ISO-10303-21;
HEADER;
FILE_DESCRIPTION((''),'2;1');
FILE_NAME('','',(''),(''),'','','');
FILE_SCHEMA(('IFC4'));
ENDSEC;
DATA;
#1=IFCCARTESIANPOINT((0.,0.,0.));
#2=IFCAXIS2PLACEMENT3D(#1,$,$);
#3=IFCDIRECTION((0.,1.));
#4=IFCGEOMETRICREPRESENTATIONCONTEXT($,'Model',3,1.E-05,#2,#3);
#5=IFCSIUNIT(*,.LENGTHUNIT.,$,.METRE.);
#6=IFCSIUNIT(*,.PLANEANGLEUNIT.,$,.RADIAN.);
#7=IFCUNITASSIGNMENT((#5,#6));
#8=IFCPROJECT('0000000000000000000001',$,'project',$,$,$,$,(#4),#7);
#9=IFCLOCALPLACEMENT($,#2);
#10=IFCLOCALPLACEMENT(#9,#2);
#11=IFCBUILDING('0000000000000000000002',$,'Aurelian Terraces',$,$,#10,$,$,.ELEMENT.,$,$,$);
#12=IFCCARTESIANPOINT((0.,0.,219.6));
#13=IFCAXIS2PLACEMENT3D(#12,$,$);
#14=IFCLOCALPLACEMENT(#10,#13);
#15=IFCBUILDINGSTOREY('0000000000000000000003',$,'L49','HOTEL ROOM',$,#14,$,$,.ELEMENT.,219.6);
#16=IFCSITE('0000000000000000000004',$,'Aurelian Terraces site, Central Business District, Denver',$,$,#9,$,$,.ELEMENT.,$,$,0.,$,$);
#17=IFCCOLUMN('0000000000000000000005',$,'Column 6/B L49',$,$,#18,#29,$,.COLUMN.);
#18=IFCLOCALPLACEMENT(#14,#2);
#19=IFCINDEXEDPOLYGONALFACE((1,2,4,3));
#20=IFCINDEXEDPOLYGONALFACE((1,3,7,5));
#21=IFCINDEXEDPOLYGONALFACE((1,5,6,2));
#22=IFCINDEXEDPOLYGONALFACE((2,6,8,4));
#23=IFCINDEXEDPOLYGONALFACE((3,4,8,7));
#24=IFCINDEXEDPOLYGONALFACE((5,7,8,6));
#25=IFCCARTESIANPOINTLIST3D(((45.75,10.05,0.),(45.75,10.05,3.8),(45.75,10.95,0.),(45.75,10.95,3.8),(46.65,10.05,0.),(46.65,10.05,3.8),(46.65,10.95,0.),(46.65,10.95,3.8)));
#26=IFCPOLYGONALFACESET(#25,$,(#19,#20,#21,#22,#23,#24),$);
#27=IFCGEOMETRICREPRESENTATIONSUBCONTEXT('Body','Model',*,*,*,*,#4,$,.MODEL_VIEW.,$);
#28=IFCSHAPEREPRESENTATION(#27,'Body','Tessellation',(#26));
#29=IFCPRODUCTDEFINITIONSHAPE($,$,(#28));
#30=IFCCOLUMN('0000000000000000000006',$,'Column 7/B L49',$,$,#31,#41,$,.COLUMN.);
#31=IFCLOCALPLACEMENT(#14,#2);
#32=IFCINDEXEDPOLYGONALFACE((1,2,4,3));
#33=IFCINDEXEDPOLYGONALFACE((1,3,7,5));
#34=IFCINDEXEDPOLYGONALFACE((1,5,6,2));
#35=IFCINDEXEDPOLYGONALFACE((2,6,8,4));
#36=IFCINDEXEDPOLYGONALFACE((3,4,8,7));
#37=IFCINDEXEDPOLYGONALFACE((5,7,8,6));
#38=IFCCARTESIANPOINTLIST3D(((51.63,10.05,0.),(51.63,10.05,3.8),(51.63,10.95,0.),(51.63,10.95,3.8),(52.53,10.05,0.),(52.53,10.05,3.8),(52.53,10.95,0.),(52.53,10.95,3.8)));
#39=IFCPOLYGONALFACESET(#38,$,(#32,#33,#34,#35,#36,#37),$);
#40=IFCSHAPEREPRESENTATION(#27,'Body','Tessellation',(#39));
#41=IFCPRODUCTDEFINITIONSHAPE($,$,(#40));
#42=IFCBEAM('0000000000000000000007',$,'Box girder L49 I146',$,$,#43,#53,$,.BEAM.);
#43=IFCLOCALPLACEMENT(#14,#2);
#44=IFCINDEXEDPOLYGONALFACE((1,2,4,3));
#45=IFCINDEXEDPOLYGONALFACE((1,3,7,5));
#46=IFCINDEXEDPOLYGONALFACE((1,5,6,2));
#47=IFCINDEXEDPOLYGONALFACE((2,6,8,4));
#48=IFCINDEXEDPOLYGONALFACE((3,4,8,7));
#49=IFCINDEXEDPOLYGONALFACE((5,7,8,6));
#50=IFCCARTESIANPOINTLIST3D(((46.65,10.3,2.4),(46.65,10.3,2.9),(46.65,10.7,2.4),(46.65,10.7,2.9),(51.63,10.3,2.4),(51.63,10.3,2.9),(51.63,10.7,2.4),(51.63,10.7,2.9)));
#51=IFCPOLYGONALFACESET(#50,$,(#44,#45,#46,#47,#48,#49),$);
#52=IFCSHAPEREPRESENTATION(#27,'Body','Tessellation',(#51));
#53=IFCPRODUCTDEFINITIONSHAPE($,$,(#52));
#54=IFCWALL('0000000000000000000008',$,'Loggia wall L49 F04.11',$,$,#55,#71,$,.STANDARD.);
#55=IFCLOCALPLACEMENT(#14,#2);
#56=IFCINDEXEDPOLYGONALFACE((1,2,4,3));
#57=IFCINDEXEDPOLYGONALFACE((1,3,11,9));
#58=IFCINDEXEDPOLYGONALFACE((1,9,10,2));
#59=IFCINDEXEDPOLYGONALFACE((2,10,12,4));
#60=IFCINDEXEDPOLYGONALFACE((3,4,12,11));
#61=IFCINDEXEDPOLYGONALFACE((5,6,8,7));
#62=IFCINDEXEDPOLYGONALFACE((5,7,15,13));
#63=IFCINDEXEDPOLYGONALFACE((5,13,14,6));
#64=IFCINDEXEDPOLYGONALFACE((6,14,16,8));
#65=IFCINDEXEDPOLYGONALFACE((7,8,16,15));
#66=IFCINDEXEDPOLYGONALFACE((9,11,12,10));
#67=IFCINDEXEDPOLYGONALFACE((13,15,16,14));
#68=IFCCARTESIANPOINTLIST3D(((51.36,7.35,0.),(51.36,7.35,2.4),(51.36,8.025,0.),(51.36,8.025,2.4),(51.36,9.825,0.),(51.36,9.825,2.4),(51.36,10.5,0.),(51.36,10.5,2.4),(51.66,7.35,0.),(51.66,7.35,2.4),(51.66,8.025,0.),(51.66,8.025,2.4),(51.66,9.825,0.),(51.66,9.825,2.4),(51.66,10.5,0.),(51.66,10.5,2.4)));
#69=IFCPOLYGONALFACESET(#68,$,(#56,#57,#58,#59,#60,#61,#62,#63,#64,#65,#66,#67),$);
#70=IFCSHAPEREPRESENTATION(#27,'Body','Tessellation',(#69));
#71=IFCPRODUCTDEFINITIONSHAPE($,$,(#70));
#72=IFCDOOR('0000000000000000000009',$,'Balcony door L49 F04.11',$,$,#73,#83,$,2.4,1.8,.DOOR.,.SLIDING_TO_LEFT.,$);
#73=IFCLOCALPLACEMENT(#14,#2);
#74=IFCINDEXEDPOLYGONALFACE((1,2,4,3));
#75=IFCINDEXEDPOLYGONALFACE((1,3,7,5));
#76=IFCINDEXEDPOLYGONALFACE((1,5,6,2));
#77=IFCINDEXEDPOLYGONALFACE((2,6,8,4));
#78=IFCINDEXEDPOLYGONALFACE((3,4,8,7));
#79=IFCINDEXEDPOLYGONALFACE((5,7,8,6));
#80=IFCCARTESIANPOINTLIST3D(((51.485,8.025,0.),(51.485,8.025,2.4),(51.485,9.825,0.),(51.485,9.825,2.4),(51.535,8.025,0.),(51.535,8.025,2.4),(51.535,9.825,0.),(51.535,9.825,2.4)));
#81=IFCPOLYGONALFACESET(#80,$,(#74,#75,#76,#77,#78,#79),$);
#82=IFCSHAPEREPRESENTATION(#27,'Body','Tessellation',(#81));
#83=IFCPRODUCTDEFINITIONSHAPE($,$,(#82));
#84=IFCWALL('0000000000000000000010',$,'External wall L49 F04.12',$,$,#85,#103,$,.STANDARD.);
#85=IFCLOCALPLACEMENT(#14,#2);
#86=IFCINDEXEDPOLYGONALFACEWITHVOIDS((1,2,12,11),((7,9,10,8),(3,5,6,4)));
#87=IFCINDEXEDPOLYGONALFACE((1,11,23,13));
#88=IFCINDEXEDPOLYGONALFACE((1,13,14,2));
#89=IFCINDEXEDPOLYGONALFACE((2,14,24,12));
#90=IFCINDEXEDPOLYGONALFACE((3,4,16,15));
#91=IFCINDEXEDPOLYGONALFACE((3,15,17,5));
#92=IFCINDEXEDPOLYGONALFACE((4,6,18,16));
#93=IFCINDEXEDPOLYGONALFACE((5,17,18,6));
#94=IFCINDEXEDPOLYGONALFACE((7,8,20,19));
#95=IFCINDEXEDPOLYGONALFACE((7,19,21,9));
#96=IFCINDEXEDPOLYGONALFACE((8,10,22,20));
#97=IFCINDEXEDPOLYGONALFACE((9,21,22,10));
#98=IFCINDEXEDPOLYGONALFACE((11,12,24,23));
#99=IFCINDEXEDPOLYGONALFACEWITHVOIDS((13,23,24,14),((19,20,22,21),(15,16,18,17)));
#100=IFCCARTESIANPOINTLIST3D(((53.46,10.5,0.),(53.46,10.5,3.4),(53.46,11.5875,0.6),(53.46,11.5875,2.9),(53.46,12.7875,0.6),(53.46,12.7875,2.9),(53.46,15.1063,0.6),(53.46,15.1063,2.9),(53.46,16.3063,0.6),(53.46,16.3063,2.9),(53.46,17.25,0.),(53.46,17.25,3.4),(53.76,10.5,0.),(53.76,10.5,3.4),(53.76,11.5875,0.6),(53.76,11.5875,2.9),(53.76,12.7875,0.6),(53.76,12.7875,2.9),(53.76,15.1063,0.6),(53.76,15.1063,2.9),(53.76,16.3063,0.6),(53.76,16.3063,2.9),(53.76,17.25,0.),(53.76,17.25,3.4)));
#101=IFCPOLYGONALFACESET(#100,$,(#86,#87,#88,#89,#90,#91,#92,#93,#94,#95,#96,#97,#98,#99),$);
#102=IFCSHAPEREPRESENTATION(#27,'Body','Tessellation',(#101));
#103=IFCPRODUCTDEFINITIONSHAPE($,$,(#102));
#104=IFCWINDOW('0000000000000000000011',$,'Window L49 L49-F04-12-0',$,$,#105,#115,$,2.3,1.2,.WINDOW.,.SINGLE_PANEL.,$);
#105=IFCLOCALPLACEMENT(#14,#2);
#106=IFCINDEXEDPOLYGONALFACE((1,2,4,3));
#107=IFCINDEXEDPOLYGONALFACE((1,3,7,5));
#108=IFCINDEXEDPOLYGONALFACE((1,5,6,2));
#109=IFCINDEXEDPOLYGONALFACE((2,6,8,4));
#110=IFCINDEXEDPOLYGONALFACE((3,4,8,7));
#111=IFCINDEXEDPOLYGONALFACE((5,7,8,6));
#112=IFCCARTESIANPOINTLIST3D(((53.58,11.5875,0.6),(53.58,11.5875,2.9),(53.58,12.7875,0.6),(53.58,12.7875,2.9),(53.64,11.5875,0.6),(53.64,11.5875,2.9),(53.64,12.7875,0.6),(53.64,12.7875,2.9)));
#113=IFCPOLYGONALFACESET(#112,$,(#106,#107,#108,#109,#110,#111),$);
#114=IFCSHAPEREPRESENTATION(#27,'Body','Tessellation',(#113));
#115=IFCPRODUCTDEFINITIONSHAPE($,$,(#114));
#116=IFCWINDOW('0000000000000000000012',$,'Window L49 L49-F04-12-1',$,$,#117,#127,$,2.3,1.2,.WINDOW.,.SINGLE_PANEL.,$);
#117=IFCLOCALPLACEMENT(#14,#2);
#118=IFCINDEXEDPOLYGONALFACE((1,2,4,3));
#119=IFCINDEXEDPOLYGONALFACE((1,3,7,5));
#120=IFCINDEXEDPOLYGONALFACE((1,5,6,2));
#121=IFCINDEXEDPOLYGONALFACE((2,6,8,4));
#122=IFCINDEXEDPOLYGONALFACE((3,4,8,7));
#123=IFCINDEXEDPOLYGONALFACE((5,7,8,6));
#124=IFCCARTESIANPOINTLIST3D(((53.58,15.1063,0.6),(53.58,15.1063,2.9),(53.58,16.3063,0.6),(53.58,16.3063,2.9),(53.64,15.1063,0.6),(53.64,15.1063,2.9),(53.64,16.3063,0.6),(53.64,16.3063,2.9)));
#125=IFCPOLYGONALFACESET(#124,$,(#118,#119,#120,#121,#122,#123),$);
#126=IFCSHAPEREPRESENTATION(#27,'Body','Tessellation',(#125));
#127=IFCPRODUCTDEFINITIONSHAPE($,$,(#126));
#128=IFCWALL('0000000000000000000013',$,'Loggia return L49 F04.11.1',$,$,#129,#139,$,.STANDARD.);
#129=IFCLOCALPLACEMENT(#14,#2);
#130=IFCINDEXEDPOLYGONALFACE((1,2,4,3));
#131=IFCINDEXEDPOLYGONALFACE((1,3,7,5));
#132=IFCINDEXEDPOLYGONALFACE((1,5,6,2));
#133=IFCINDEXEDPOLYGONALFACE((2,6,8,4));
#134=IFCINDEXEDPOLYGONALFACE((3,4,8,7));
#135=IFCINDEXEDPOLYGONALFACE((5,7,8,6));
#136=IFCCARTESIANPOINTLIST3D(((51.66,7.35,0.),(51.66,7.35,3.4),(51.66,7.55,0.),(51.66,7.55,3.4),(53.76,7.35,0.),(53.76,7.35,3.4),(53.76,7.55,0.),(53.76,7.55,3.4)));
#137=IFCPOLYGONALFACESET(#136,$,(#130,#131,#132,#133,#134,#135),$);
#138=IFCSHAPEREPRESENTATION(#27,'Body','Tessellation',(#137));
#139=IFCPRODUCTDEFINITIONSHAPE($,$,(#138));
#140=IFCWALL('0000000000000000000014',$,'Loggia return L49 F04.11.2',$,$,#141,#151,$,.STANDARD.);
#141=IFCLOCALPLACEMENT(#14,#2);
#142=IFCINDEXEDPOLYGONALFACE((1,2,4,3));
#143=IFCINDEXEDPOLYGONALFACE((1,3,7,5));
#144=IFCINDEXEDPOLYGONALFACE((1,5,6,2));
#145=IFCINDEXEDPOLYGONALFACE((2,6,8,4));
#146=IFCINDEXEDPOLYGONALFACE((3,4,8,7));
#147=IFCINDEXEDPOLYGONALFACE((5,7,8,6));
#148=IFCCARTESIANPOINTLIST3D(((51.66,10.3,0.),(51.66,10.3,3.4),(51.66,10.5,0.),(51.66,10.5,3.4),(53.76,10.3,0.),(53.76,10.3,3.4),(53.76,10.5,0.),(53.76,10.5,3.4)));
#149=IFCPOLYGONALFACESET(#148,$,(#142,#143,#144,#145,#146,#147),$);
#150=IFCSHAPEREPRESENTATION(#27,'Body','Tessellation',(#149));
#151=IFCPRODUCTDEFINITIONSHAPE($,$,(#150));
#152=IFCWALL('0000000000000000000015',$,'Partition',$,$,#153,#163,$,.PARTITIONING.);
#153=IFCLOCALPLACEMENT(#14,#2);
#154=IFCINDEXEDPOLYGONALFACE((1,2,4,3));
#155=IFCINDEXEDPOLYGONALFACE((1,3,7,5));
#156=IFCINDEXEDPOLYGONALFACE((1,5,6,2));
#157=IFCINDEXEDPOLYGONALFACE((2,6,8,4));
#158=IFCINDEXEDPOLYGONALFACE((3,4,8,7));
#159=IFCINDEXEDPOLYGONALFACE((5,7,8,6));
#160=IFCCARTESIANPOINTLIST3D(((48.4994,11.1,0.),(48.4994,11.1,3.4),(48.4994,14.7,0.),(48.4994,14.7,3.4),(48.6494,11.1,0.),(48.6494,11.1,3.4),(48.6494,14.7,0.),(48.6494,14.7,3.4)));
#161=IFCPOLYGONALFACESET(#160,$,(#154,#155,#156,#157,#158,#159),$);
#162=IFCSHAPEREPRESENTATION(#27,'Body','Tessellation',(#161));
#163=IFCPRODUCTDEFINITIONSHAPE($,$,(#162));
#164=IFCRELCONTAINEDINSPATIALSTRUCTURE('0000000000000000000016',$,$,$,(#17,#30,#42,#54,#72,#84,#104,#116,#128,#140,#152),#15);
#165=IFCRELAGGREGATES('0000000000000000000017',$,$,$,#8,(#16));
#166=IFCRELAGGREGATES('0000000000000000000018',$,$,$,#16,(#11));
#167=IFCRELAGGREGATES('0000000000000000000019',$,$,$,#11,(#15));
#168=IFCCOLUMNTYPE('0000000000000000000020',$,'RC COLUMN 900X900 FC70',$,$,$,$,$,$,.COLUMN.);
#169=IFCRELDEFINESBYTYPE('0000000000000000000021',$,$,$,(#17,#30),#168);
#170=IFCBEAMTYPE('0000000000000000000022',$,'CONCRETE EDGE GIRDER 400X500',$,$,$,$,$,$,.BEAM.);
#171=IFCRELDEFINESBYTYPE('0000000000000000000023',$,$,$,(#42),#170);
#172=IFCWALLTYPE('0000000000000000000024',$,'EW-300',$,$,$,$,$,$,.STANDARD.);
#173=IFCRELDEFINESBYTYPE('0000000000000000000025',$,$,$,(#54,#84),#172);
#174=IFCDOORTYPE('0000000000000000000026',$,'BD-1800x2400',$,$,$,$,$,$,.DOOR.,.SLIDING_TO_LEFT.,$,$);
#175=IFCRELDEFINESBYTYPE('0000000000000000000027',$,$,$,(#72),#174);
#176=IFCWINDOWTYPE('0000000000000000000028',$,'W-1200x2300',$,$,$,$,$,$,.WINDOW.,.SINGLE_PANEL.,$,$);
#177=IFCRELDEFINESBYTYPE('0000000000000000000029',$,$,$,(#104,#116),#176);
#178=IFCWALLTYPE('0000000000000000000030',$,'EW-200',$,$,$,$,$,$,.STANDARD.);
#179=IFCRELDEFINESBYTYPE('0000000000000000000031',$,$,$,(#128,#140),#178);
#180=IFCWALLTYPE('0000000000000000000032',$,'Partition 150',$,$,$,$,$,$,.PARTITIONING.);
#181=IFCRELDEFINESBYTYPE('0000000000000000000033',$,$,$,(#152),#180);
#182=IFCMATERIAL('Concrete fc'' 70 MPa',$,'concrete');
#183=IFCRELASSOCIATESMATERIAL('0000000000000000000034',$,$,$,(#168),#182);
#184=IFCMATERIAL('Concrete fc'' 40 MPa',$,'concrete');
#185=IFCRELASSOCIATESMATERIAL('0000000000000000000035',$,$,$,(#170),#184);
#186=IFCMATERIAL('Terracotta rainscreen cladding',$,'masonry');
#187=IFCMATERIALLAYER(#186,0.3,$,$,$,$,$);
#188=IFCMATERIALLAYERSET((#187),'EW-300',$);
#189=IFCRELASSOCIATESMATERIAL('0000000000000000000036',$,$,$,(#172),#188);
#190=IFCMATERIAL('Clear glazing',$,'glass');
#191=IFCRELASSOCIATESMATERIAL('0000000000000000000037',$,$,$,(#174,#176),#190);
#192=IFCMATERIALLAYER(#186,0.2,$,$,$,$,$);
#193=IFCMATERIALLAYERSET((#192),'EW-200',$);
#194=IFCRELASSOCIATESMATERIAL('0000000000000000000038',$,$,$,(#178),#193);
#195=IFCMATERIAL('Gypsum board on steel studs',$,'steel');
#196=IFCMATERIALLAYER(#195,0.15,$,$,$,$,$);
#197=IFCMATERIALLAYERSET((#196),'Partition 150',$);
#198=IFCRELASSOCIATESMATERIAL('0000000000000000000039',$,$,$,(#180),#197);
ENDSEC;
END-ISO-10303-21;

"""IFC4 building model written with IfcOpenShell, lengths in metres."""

from ifc_helpers import new_model, si_unit, direction, frame, frame_2d, origin, origin_2d, place, context, subcontext, project, spatial, rectangle, extrude, source, transform, mapped, material, layer, layer_set, material_profile, profile_set, type_object, element, fill, save


model = new_model("IFC4")

# Units and contexts
model_context = context("Model", 3, precision=1e-05, world=origin(), true_north=direction((0.0, 1.0)))
body_context = subcontext(model_context, "Body", "Model", "MODEL_VIEW")
ifc_project = project(units=[si_unit("LENGTHUNIT", "METRE"), si_unit("PLANEANGLEUNIT", "RADIAN")], contexts=[model_context])

# Site, building, storey
site_placement = place(None, origin())
site = spatial("IfcSite", under=ifc_project, at=site_placement, Name="Aurelian Terraces site, Central Business District, Denver", CompositionType="ELEMENT", RefElevation=0.0)
building_placement = place(site_placement, origin())
building = spatial("IfcBuilding", under=site, at=building_placement, Name="Aurelian Terraces", CompositionType="ELEMENT")
storey_placement = place(building_placement, frame((0.0, 0.0, 219.6)))
storey = spatial("IfcBuildingStorey", under=building, at=storey_placement, Name="L49", Description="HOTEL ROOM", CompositionType="ELEMENT", Elevation=219.6)

# Columns
ifc_material_1 = material(Name="Concrete fc' 70 MPa", Category="concrete")
ifc_material_profile_1 = material_profile(ifc_material_1, rectangle(XDim=0.9, YDim=0.9, at=origin_2d()))
ifc_profile_set_1 = profile_set([ifc_material_profile_1], Name="Concrete fc' 70 MPa")
column_type = type_object("IfcColumnType", Name="RC COLUMN 900X900 FC70", PredefinedType="COLUMN", material=ifc_profile_set_1)
shared_shape_1 = source(origin(), body_context, "Body", "SweptSolid", [
    extrude(rectangle(XDim=0.9, YDim=0.9, at=origin_2d()), origin(), (0.0, 0.0, 1.0), 3.8),
])
for number, where, z_axis, x_axis, name in (
    (1, (46.2, 10.5, 0.0), (0.0, 0.0, 1.0), (1.0, 0.0, 0.0), "Column 6/B L49"),
    (2, (52.08, 10.5, 0.0), (0.0, 0.0, 1.0), (1.0, 0.0, 0.0), "Column 7/B L49"),
):
    element("IfcColumn", number, at=place(storey_placement, frame(where, z_axis=z_axis, x_axis=x_axis)), inside=storey, type_object=column_type, Name=name, PredefinedType="COLUMN", context=body_context, shape_type="MappedRepresentation", body=[
        mapped(shared_shape_1, transform((0.0, 0.0, 0.0), scale=1.0)),
    ])

# Beam
ifc_material_2 = material(Name="Concrete fc' 40 MPa", Category="concrete")
ifc_material_profile_2 = material_profile(ifc_material_2, rectangle(XDim=0.4, YDim=0.5, at=origin_2d()))
ifc_profile_set_2 = profile_set([ifc_material_profile_2], Name="Concrete fc' 40 MPa")
beam_type = type_object("IfcBeamType", Name="CONCRETE EDGE GIRDER 400X500", PredefinedType="BEAM", material=ifc_profile_set_2)
shared_shape_2 = source(origin(), body_context, "Body", "SweptSolid", [
    extrude(rectangle(XDim=0.4, YDim=0.5, at=origin_2d()), origin(), (0.0, 0.0, 1.0), 4.98),
])
beam_placement = place(storey_placement, frame((46.65, 10.5, 2.65), z_axis=(1.0, 0.0, 0.0), x_axis=(0.0, 1.0, 0.0)))
element("IfcBeam", 3, at=beam_placement, inside=storey, type_object=beam_type, Name="Box girder L49 I146", PredefinedType="BEAM", context=body_context, shape_type="MappedRepresentation", body=[
    mapped(shared_shape_2, transform((0.0, 0.0, 0.0), scale=1.0)),
])

# Wall, opening, door
ifc_material_3 = material(Name="Terracotta rainscreen cladding", Category="masonry")
ifc_layer_1 = layer(ifc_material_3, 0.3)
ifc_layer_set_1 = layer_set([ifc_layer_1], Name="EW-300")
wall_type_1 = type_object("IfcWallType", Name="EW-300", PredefinedType="STANDARD", material=ifc_layer_set_1)
wall_1_placement = place(storey_placement, frame((51.51, 7.35, 0.0), z_axis=(0.0, 0.0, 1.0), x_axis=(0.0, 1.0, 0.0)))
wall_1 = element("IfcWall", 4, at=wall_1_placement, inside=storey, type_object=wall_type_1, Name="Loggia wall L49 F04.11", PredefinedType="STANDARD", context=body_context, shape_type="SweptSolid", body=[
    extrude(rectangle(XDim=3.15, YDim=0.3, at=frame_2d((1.575, 0.0))), origin(), (0.0, 0.0, 1.0), 2.4),
])
shared_shape_3 = source(origin(), body_context, "Body", "SweptSolid", [
    extrude(rectangle(XDim=1.8, YDim=2.4, at=frame_2d((0.9, 1.2))), frame((0.0, 0.16, 0.0), z_axis=(0.0, -1.0, 0.0), x_axis=(1.0, 0.0, 0.0)), (0.0, 0.0, 1.0), 0.32),
])
opening_1_placement = place(wall_1_placement, frame((0.675, 0.0, 0.0)))
opening_1 = element("IfcOpeningElement", 5, at=opening_1_placement, cuts=wall_1, PredefinedType="OPENING", context=body_context, shape_type="MappedRepresentation", body=[
    mapped(shared_shape_3, transform((0.0, 0.0, 0.0), scale=1.0)),
])
ifc_material_4 = material(Name="Clear glazing", Category="glass")
door_type_1 = type_object("IfcDoorType", Name="BD-1800x2400", OperationType="SLIDING_TO_LEFT", PredefinedType="DOOR", material=ifc_material_4)
shared_shape_4 = source(origin(), body_context, "Body", "SweptSolid", [
    extrude(rectangle(XDim=1.8, YDim=2.4, at=frame_2d((0.9, 1.2))), frame((0.0, 0.025, 0.0), z_axis=(0.0, -1.0, 0.0), x_axis=(1.0, 0.0, 0.0)), (0.0, 0.0, 1.0), 0.05),
])
door_1_placement = place(opening_1_placement, origin())
door_1 = element("IfcDoor", 6, at=door_1_placement, inside=storey, type_object=door_type_1, Name="Balcony door L49 F04.11", OperationType="SLIDING_TO_LEFT", OverallHeight=2.4, OverallWidth=1.8, PredefinedType="DOOR", context=body_context, shape_type="MappedRepresentation", body=[
    mapped(shared_shape_4, transform((0.0, 0.0, 0.0), scale=1.0)),
])
fill(opening_1, door_1)

# Wall, openings, windows
shared_shape_5 = source(origin(), body_context, "Body", "SweptSolid", [
    extrude(rectangle(XDim=6.75, YDim=0.3, at=frame_2d((3.375, 0.0))), origin(), (0.0, 0.0, 1.0), 3.4),
])
wall_2_placement = place(storey_placement, frame((53.61, 10.5, 0.0), z_axis=(0.0, 0.0, 1.0), x_axis=(0.0, 1.0, 0.0)))
wall_2 = element("IfcWall", 7, at=wall_2_placement, inside=storey, type_object=wall_type_1, Name="External wall L49 F04.12", PredefinedType="STANDARD", context=body_context, shape_type="MappedRepresentation", body=[
    mapped(shared_shape_5, transform((0.0, 0.0, 0.0), scale=1.0)),
])
shared_shape_6 = source(origin(), body_context, "Body", "SweptSolid", [
    extrude(rectangle(XDim=1.2, YDim=2.3, at=frame_2d((0.6, 1.15))), frame((0.0, 0.16, 0.0), z_axis=(0.0, -1.0, 0.0), x_axis=(1.0, 0.0, 0.0)), (0.0, 0.0, 1.0), 0.32),
])
opening_2_placement = place(wall_2_placement, frame((1.0875, 0.0, 0.6)))
opening_2 = element("IfcOpeningElement", 8, at=opening_2_placement, cuts=wall_2, PredefinedType="OPENING", context=body_context, shape_type="MappedRepresentation", body=[
    mapped(shared_shape_6, transform((0.0, 0.0, 0.0), scale=1.0)),
])
opening_3_placement = place(wall_2_placement, frame((4.6063, 0.0, 0.6)))
opening_3 = element("IfcOpeningElement", 9, at=opening_3_placement, cuts=wall_2, PredefinedType="OPENING", context=body_context, shape_type="MappedRepresentation", body=[
    mapped(shared_shape_6, transform((0.0, 0.0, 0.0), scale=1.0)),
])
window_type = type_object("IfcWindowType", Name="W-1200x2300", PartitioningType="SINGLE_PANEL", PredefinedType="WINDOW", material=ifc_material_4)
shared_shape_7 = source(origin(), body_context, "Body", "SweptSolid", [
    extrude(rectangle(XDim=1.2, YDim=2.3, at=frame_2d((0.6, 1.15))), frame((0.0, 0.03, 0.0), z_axis=(0.0, -1.0, 0.0), x_axis=(1.0, 0.0, 0.0)), (0.0, 0.0, 1.0), 0.06),
])
window_1_placement = place(opening_2_placement, origin())
window_1 = element("IfcWindow", 10, at=window_1_placement, inside=storey, type_object=window_type, Name="Window L49 L49-F04-12-0", OverallHeight=2.3, OverallWidth=1.2, PartitioningType="SINGLE_PANEL", PredefinedType="WINDOW", context=body_context, shape_type="MappedRepresentation", body=[
    mapped(shared_shape_7, transform((0.0, 0.0, 0.0), scale=1.0)),
])
fill(opening_2, window_1)
window_2_placement = place(opening_3_placement, origin())
window_2 = element("IfcWindow", 11, at=window_2_placement, inside=storey, type_object=window_type, Name="Window L49 L49-F04-12-1", OverallHeight=2.3, OverallWidth=1.2, PartitioningType="SINGLE_PANEL", PredefinedType="WINDOW", context=body_context, shape_type="MappedRepresentation", body=[
    mapped(shared_shape_7, transform((0.0, 0.0, 0.0), scale=1.0)),
])
fill(opening_3, window_2)

# Walls
ifc_layer_2 = layer(ifc_material_3, 0.2)
ifc_layer_set_2 = layer_set([ifc_layer_2], Name="EW-200")
wall_type_2 = type_object("IfcWallType", Name="EW-200", PredefinedType="STANDARD", material=ifc_layer_set_2)
shared_shape_8 = source(origin(), body_context, "Body", "SweptSolid", [
    extrude(rectangle(XDim=2.1, YDim=0.2, at=frame_2d((1.05, 0.0))), origin(), (0.0, 0.0, 1.0), 3.4),
])
for number, where, z_axis, x_axis, name in (
    (12, (53.76, 7.45, 0.0), (0.0, 0.0, 1.0), (-1.0, 0.0, 0.0), "Loggia return L49 F04.11.1"),
    (13, (53.76, 10.4, 0.0), (0.0, 0.0, 1.0), (-1.0, 0.0, 0.0), "Loggia return L49 F04.11.2"),
):
    element("IfcWall", number, at=place(storey_placement, frame(where, z_axis=z_axis, x_axis=x_axis)), inside=storey, type_object=wall_type_2, Name=name, PredefinedType="STANDARD", context=body_context, shape_type="MappedRepresentation", body=[
        mapped(shared_shape_8, transform((0.0, 0.0, 0.0), scale=1.0)),
    ])
ifc_material_5 = material(Name="Gypsum board on steel studs", Category="steel")
ifc_layer_3 = layer(ifc_material_5, 0.15)
ifc_layer_set_3 = layer_set([ifc_layer_3], Name="Partition 150")
wall_type_3 = type_object("IfcWallType", Name="Partition 150", PredefinedType="PARTITIONING", material=ifc_layer_set_3)
shared_shape_9 = source(origin(), body_context, "Body", "SweptSolid", [
    extrude(rectangle(XDim=3.6, YDim=0.15, at=frame_2d((1.8, 0.0))), origin(), (0.0, 0.0, 1.0), 3.4),
])
wall_3_placement = place(storey_placement, frame((48.5744, 11.1, 0.0), z_axis=(0.0, 0.0, 1.0), x_axis=(0.0, 1.0, 0.0)))
element("IfcWall", 14, at=wall_3_placement, inside=storey, type_object=wall_type_3, Name="Partition", PredefinedType="PARTITIONING", context=body_context, shape_type="MappedRepresentation", body=[
    mapped(shared_shape_9, transform((0.0, 0.0, 0.0), scale=1.0)),
])

save(model, "model.ifc")
